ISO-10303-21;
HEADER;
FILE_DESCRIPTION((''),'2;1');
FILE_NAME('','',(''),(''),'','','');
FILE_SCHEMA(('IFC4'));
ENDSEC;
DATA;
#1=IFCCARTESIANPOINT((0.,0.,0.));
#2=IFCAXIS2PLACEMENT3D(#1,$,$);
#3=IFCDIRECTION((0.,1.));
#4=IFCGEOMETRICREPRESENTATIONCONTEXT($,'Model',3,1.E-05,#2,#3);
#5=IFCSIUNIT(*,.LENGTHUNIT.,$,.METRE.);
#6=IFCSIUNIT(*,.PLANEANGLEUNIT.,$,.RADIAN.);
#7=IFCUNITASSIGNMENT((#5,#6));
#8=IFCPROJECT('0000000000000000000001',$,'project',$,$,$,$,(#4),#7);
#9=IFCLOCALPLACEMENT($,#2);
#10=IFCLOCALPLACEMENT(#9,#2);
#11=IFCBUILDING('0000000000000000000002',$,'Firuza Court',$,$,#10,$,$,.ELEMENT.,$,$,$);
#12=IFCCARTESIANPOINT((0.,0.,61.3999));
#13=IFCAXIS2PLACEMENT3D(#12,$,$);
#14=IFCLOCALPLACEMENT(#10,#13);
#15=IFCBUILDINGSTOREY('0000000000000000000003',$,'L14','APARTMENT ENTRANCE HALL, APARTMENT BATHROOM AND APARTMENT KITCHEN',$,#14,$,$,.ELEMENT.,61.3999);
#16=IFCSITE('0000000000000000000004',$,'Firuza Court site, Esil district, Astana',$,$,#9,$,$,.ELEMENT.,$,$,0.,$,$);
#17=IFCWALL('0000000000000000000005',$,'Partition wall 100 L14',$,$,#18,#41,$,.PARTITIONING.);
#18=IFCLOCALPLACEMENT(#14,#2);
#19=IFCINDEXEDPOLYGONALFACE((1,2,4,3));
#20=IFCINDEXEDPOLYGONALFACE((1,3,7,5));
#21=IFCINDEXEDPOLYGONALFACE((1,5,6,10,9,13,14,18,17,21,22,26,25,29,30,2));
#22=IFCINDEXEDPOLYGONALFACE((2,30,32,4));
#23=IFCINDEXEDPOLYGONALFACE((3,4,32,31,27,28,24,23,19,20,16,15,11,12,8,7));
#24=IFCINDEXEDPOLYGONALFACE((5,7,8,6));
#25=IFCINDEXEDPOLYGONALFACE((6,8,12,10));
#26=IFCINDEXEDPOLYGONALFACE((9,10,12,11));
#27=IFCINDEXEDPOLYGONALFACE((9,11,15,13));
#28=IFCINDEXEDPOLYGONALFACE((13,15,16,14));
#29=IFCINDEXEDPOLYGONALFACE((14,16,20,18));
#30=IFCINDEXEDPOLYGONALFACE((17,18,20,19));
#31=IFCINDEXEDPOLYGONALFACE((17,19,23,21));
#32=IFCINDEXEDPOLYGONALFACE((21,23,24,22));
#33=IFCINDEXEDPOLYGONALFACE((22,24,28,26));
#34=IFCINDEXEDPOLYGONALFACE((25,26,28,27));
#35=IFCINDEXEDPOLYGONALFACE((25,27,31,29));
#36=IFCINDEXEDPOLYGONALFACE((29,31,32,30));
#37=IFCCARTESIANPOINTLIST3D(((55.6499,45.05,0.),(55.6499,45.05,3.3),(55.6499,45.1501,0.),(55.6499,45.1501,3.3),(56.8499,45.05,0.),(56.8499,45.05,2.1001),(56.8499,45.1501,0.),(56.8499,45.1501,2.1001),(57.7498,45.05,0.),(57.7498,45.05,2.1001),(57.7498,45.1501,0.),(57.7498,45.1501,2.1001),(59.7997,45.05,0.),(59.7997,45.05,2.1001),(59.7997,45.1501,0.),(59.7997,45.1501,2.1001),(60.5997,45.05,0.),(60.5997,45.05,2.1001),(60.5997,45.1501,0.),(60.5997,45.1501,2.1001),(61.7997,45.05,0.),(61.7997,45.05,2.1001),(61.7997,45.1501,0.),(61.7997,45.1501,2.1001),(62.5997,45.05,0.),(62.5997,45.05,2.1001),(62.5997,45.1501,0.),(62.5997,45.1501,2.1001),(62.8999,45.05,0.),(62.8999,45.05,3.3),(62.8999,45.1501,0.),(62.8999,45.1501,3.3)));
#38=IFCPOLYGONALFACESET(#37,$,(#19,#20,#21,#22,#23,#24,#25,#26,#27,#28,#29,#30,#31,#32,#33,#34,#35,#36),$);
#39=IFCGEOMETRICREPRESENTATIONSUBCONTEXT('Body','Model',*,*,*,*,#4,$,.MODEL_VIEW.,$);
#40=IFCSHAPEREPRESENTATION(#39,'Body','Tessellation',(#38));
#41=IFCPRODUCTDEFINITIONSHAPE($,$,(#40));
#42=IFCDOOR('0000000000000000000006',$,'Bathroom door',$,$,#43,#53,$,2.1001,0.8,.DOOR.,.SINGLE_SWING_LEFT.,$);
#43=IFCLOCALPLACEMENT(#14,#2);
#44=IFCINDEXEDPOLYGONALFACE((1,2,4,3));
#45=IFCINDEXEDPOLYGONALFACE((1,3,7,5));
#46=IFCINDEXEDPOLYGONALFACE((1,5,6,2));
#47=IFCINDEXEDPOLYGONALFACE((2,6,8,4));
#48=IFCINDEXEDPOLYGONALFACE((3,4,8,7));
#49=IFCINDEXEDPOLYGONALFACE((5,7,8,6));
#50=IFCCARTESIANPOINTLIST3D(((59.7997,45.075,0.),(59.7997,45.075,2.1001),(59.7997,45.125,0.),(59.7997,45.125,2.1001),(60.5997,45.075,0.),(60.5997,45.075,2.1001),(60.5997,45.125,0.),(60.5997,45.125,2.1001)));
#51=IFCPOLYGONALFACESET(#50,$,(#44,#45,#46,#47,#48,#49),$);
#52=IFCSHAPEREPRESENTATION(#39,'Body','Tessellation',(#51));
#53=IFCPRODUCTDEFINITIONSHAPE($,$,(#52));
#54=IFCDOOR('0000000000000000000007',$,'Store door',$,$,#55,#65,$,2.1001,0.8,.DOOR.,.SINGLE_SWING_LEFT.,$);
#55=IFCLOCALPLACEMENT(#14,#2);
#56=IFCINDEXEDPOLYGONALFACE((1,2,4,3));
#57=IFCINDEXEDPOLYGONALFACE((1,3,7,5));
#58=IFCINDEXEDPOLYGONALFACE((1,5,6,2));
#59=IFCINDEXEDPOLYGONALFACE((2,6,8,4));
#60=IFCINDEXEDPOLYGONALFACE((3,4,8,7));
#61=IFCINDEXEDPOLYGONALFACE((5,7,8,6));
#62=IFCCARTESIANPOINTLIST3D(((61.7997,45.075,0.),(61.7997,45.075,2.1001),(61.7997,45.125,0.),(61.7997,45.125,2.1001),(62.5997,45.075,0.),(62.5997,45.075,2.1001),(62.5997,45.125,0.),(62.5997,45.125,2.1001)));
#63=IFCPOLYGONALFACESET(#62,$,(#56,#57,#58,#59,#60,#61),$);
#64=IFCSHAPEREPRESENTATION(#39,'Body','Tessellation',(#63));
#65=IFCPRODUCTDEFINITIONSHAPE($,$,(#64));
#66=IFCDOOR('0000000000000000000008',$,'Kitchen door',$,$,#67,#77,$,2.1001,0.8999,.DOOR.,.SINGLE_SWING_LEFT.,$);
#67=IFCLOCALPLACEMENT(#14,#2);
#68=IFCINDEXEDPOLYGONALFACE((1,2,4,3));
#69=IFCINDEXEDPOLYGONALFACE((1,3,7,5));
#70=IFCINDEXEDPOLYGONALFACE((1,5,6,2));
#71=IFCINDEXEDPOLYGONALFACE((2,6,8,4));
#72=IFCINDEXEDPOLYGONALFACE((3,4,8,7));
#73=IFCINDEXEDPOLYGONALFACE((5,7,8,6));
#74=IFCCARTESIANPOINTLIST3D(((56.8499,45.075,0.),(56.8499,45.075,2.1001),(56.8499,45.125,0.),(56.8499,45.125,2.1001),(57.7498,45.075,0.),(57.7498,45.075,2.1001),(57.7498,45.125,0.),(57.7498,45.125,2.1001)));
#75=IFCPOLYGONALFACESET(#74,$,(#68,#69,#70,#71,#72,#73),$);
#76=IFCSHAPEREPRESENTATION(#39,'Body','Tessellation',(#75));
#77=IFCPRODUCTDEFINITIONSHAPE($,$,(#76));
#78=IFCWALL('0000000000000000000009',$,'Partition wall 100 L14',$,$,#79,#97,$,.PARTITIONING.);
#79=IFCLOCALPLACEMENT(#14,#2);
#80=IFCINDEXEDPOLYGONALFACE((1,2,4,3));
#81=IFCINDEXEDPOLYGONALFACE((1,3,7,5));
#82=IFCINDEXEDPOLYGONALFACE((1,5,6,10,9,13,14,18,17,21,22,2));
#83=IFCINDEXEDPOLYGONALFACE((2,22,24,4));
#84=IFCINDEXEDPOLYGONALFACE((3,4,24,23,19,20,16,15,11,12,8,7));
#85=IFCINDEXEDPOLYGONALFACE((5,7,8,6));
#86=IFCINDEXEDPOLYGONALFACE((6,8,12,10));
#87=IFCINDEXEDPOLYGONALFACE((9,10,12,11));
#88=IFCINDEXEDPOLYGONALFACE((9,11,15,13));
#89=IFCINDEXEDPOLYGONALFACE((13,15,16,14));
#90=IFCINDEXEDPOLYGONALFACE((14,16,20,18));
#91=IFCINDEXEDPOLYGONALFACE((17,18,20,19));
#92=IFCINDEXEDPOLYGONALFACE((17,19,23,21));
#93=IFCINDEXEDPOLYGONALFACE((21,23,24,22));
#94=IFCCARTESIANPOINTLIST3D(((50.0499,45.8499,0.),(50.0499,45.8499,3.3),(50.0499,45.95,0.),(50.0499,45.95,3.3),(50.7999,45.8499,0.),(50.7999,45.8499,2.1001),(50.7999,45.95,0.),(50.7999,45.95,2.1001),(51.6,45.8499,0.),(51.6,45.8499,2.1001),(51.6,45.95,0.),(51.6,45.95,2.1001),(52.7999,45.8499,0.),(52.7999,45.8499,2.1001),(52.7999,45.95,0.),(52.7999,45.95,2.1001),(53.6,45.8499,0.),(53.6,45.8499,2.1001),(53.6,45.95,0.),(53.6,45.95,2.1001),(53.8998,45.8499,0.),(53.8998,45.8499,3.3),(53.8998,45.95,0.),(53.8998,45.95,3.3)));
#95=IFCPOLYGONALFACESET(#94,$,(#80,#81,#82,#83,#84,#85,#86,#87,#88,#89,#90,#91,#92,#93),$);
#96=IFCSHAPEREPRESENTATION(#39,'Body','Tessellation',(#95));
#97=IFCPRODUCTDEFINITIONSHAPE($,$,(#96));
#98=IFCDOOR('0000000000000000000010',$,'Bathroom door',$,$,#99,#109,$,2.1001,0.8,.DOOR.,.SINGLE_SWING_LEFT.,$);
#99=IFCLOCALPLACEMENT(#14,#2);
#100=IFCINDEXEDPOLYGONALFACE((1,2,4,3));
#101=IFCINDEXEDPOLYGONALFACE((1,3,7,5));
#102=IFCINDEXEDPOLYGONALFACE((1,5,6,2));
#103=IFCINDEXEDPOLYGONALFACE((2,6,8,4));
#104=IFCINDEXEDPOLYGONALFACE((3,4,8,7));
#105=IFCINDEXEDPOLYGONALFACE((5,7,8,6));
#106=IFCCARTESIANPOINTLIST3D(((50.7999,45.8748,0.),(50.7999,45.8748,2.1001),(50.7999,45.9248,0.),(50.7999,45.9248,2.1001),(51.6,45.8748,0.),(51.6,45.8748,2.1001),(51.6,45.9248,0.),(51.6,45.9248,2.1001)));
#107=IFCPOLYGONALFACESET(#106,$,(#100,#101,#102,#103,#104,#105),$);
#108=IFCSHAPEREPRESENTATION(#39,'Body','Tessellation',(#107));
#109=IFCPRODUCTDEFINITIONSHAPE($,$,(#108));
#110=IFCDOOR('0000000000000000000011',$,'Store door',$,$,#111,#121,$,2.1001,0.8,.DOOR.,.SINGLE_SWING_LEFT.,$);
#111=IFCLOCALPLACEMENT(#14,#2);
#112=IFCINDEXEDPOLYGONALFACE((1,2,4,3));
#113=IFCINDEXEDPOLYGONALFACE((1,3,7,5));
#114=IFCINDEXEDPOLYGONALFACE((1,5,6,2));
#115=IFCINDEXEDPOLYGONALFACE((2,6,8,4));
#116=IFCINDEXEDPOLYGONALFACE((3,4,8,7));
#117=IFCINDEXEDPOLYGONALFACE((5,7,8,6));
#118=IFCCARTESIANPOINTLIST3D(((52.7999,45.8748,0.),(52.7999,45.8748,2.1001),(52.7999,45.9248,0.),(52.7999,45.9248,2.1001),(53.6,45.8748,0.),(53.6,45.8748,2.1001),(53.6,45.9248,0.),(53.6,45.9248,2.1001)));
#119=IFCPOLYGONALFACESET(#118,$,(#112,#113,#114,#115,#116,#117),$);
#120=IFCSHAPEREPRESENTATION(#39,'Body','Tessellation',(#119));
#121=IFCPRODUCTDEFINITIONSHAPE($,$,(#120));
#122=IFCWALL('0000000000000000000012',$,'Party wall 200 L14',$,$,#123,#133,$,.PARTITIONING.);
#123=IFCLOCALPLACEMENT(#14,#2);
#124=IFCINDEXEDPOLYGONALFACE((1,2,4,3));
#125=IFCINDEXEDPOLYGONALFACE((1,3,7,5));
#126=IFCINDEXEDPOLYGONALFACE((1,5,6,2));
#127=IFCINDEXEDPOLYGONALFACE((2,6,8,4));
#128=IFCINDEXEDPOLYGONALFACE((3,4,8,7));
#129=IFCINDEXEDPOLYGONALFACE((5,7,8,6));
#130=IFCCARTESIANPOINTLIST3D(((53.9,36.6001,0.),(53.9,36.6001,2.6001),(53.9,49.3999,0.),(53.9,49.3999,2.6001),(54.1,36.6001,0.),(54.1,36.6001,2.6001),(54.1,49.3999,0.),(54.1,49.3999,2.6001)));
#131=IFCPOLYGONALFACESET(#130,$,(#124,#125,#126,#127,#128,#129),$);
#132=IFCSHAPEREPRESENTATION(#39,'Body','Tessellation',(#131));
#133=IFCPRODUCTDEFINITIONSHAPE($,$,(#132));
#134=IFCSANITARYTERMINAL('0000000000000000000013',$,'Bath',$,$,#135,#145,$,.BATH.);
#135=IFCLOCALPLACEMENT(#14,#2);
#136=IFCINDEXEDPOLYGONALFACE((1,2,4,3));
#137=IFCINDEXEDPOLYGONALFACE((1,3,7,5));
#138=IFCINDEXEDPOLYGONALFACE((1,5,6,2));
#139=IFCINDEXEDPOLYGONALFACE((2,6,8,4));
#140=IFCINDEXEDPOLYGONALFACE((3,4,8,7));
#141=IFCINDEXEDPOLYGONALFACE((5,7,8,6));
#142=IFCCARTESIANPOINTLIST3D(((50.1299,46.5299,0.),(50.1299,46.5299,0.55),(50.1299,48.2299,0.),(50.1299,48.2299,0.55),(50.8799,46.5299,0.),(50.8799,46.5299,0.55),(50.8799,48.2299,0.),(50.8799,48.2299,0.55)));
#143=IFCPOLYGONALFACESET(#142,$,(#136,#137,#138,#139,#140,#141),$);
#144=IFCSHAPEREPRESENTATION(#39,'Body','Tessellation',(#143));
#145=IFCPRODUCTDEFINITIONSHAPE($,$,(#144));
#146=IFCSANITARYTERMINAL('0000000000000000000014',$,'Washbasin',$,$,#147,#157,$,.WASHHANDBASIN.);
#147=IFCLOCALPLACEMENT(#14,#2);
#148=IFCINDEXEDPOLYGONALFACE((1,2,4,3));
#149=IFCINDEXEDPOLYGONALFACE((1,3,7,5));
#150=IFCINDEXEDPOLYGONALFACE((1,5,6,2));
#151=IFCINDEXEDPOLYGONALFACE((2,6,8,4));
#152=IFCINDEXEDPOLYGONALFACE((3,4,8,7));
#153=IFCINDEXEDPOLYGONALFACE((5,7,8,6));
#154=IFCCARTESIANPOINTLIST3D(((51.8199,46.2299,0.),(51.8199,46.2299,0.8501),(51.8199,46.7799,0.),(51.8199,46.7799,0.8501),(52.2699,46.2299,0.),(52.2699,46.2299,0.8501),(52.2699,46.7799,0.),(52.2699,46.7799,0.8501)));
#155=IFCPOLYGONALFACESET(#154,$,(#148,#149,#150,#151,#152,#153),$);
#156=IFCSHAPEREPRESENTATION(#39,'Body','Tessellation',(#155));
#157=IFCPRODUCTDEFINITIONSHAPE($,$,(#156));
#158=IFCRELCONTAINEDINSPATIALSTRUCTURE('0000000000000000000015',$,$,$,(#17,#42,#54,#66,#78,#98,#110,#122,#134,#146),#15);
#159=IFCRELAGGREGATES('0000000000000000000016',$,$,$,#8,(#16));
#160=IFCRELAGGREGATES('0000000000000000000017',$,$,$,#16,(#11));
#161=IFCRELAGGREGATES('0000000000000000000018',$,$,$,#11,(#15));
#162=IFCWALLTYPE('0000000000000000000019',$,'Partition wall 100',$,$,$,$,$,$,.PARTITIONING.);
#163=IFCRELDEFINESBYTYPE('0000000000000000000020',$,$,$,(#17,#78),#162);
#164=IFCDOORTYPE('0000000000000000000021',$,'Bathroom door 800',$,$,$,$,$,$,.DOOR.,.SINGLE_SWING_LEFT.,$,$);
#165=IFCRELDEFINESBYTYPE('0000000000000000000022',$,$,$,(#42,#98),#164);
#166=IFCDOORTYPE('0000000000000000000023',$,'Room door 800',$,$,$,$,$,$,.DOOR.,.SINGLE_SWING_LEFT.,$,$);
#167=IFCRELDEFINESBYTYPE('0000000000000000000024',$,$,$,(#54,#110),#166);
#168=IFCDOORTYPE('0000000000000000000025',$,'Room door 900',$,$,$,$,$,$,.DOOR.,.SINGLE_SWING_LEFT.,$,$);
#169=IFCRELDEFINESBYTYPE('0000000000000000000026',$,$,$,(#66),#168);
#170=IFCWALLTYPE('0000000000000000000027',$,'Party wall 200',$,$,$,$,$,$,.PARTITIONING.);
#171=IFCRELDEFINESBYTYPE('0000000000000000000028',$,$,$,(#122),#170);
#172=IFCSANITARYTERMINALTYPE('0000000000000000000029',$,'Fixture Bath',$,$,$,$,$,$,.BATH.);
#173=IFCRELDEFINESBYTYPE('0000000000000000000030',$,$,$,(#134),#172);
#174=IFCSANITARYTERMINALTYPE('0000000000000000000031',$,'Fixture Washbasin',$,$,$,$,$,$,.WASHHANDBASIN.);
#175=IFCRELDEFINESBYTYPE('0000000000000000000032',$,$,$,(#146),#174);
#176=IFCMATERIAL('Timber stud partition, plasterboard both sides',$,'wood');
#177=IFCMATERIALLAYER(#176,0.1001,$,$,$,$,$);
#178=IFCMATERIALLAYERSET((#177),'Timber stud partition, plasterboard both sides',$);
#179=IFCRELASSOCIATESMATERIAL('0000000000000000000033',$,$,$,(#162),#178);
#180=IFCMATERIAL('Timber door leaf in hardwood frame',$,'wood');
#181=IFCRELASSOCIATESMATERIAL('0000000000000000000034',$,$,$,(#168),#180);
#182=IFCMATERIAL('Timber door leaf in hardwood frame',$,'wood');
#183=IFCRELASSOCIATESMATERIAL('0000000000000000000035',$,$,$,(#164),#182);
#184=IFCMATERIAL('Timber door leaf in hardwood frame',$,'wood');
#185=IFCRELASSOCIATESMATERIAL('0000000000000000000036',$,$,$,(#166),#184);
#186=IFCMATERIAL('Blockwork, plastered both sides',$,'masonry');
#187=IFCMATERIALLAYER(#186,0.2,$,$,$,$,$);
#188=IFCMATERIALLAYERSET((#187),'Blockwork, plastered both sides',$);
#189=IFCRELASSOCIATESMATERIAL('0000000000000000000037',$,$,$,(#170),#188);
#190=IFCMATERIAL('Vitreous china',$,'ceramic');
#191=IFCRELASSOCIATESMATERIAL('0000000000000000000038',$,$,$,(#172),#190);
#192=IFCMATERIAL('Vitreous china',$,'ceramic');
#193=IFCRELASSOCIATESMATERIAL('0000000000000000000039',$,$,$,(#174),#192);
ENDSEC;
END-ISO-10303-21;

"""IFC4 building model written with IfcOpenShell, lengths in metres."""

from ifc_helpers import new_model, si_unit, direction, frame, frame_2d, origin, origin_2d, place, context, subcontext, project, spatial, rectangle, extrude, material, layer, layer_set, type_object, element, fill, save


model = new_model("IFC4")

# Units and contexts
model_context = context("Model", 3, precision=1e-05, world=origin(), true_north=direction((0.0, 1.0)))
body_context = subcontext(model_context, "Body", "Model", "MODEL_VIEW")
ifc_project = project(units=[si_unit("LENGTHUNIT", "METRE"), si_unit("PLANEANGLEUNIT", "RADIAN")], contexts=[model_context])

# Site, building, storey
site_placement = place(None, origin())
site = spatial("IfcSite", under=ifc_project, at=site_placement, Name="Firuza Court site, Esil district, Astana", CompositionType="ELEMENT", RefElevation=0.0)
building_placement = place(site_placement, origin())
building = spatial("IfcBuilding", under=site, at=building_placement, Name="Firuza Court", CompositionType="ELEMENT")
storey_placement = place(building_placement, frame((0.0, 0.0, 61.3999)))
storey = spatial("IfcBuildingStorey", under=building, at=storey_placement, Name="L14", Description="APARTMENT ENTRANCE HALL, APARTMENT BATHROOM AND APARTMENT KITCHEN", CompositionType="ELEMENT", Elevation=61.3999)

# Shared definitions
ifc_material_1 = material(Name="Timber stud partition, plasterboard both sides", Category="wood")
ifc_layer_1 = layer(ifc_material_1, 0.1001)
ifc_layer_set_1 = layer_set([ifc_layer_1], Name="Timber stud partition, plasterboard both sides")
wall_type_1 = type_object("IfcWallType", Name="Partition wall 100", PredefinedType="PARTITIONING", material=ifc_layer_set_1)
ifc_material_2 = material(Name="Timber door leaf in hardwood frame", Category="wood")
door_type_1 = type_object("IfcDoorType", Name="Room door 900", OperationType="SINGLE_SWING_LEFT", PredefinedType="DOOR", material=ifc_material_2)

# Walls, openings, doors
wall_1_placement = place(storey_placement, frame((55.6499, 45.1001, 0.0), z_axis=(0.0, 0.0, 1.0), x_axis=(1.0, 0.0, 0.0)))
wall_1 = element("IfcWall", 1, at=wall_1_placement, inside=storey, type_object=wall_type_1, Name="Partition wall 100 L14", PredefinedType="PARTITIONING", context=body_context, shape_type="SweptSolid", body=[
    extrude(rectangle(XDim=7.25, YDim=0.1001, at=frame_2d((3.625, 0.0))), origin(), (0.0, 0.0, 1.0), 3.3),
])
opening_1_placement = place(wall_1_placement, frame((4.1499, 0.0, 0.0)))
opening_1 = element("IfcOpeningElement", 2, at=opening_1_placement, cuts=wall_1, PredefinedType="OPENING", context=body_context, shape_type="SweptSolid", body=[
    extrude(rectangle(XDim=0.8, YDim=2.1001, at=frame_2d((0.3999, 1.05))), frame((0.0, 0.062, 0.0), z_axis=(0.0, -1.0, 0.0), x_axis=(1.0, 0.0, 0.0)), (0.0, 0.0, 1.0), 0.124),
])
opening_2_placement = place(wall_1_placement, frame((1.2, 0.0, 0.0)))
opening_2 = element("IfcOpeningElement", 3, at=opening_2_placement, cuts=wall_1, PredefinedType="OPENING", context=body_context, shape_type="SweptSolid", body=[
    extrude(rectangle(XDim=0.8999, YDim=2.1001, at=frame_2d((0.45, 1.05))), frame((0.0, 0.062, 0.0), z_axis=(0.0, -1.0, 0.0), x_axis=(1.0, 0.0, 0.0)), (0.0, 0.0, 1.0), 0.124),
])
opening_3_placement = place(wall_1_placement, frame((6.1499, 0.0, 0.0)))
opening_3 = element("IfcOpeningElement", 4, at=opening_3_placement, cuts=wall_1, PredefinedType="OPENING", context=body_context, shape_type="SweptSolid", body=[
    extrude(rectangle(XDim=0.8, YDim=2.1001, at=frame_2d((0.3999, 1.05))), frame((0.0, 0.062, 0.0), z_axis=(0.0, -1.0, 0.0), x_axis=(1.0, 0.0, 0.0)), (0.0, 0.0, 1.0), 0.124),
])
ifc_material_3 = material(Name="Timber door leaf in hardwood frame", Category="wood")
door_type_2 = type_object("IfcDoorType", Name="Bathroom door 800", OperationType="SINGLE_SWING_LEFT", PredefinedType="DOOR", material=ifc_material_3)
door_1_placement = place(opening_1_placement, origin())
door_1 = element("IfcDoor", 5, at=door_1_placement, inside=storey, type_object=door_type_2, Name="Bathroom door", OperationType="SINGLE_SWING_LEFT", OverallHeight=2.1001, OverallWidth=0.8, PredefinedType="DOOR", context=body_context, shape_type="SweptSolid", body=[
    extrude(rectangle(XDim=0.8, YDim=2.1001, at=frame_2d((0.3999, 1.05))), frame((0.0, 0.0249, 0.0), z_axis=(0.0, -1.0, 0.0), x_axis=(1.0, 0.0, 0.0)), (0.0, 0.0, 1.0), 0.05),
])
fill(opening_1, door_1)
ifc_material_4 = material(Name="Timber door leaf in hardwood frame", Category="wood")
door_type_3 = type_object("IfcDoorType", Name="Room door 800", OperationType="SINGLE_SWING_LEFT", PredefinedType="DOOR", material=ifc_material_4)
door_2_placement = place(opening_3_placement, origin())
door_2 = element("IfcDoor", 6, at=door_2_placement, inside=storey, type_object=door_type_3, Name="Store door", OperationType="SINGLE_SWING_LEFT", OverallHeight=2.1001, OverallWidth=0.8, PredefinedType="DOOR", context=body_context, shape_type="SweptSolid", body=[
    extrude(rectangle(XDim=0.8, YDim=2.1001, at=frame_2d((0.3999, 1.05))), frame((0.0, 0.0249, 0.0), z_axis=(0.0, -1.0, 0.0), x_axis=(1.0, 0.0, 0.0)), (0.0, 0.0, 1.0), 0.05),
])
fill(opening_3, door_2)
door_3_placement = place(opening_2_placement, origin())
door_3 = element("IfcDoor", 7, at=door_3_placement, inside=storey, type_object=door_type_1, Name="Kitchen door", OperationType="SINGLE_SWING_LEFT", OverallHeight=2.1001, OverallWidth=0.8999, PredefinedType="DOOR", context=body_context, shape_type="SweptSolid", body=[
    extrude(rectangle(XDim=0.8999, YDim=2.1001, at=frame_2d((0.45, 1.05))), frame((0.0, 0.0249, 0.0), z_axis=(0.0, -1.0, 0.0), x_axis=(1.0, 0.0, 0.0)), (0.0, 0.0, 1.0), 0.05),
])
fill(opening_2, door_3)
wall_2_placement = place(storey_placement, frame((50.05, 45.8999, 0.0), z_axis=(0.0, 0.0, 1.0), x_axis=(1.0, 0.0, 0.0)))
wall_2 = element("IfcWall", 8, at=wall_2_placement, inside=storey, type_object=wall_type_1, Name="Partition wall 100 L14", PredefinedType="PARTITIONING", context=body_context, shape_type="SweptSolid", body=[
    extrude(rectangle(XDim=3.8499, YDim=0.1001, at=frame_2d((1.9248, 0.0))), origin(), (0.0, 0.0, 1.0), 3.3),
])
opening_4_placement = place(wall_2_placement, frame((0.75, 0.0, 0.0)))
opening_4 = element("IfcOpeningElement", 9, at=opening_4_placement, cuts=wall_2, PredefinedType="OPENING", context=body_context, shape_type="SweptSolid", body=[
    extrude(rectangle(XDim=0.8, YDim=2.1001, at=frame_2d((0.3999, 1.05))), frame((0.0, 0.062, 0.0), z_axis=(0.0, -1.0, 0.0), x_axis=(1.0, 0.0, 0.0)), (0.0, 0.0, 1.0), 0.124),
])
opening_5_placement = place(wall_2_placement, frame((2.75, 0.0, 0.0)))
opening_5 = element("IfcOpeningElement", 10, at=opening_5_placement, cuts=wall_2, PredefinedType="OPENING", context=body_context, shape_type="SweptSolid", body=[
    extrude(rectangle(XDim=0.8, YDim=2.1001, at=frame_2d((0.3999, 1.05))), frame((0.0, 0.062, 0.0), z_axis=(0.0, -1.0, 0.0), x_axis=(1.0, 0.0, 0.0)), (0.0, 0.0, 1.0), 0.124),
])
door_4_placement = place(opening_4_placement, origin())
door_4 = element("IfcDoor", 11, at=door_4_placement, inside=storey, type_object=door_type_2, Name="Bathroom door", OperationType="SINGLE_SWING_LEFT", OverallHeight=2.1001, OverallWidth=0.8, PredefinedType="DOOR", context=body_context, shape_type="SweptSolid", body=[
    extrude(rectangle(XDim=0.8, YDim=2.1001, at=frame_2d((0.3999, 1.05))), frame((0.0, 0.0249, 0.0), z_axis=(0.0, -1.0, 0.0), x_axis=(1.0, 0.0, 0.0)), (0.0, 0.0, 1.0), 0.05),
])
fill(opening_4, door_4)
door_5_placement = place(opening_5_placement, origin())
door_5 = element("IfcDoor", 12, at=door_5_placement, inside=storey, type_object=door_type_3, Name="Store door", OperationType="SINGLE_SWING_LEFT", OverallHeight=2.1001, OverallWidth=0.8, PredefinedType="DOOR", context=body_context, shape_type="SweptSolid", body=[
    extrude(rectangle(XDim=0.8, YDim=2.1001, at=frame_2d((0.3999, 1.05))), frame((0.0, 0.0249, 0.0), z_axis=(0.0, -1.0, 0.0), x_axis=(1.0, 0.0, 0.0)), (0.0, 0.0, 1.0), 0.05),
])
fill(opening_5, door_5)

# Wall
ifc_material_5 = material(Name="Blockwork, plastered both sides", Category="masonry")
ifc_layer_2 = layer(ifc_material_5, 0.2)
ifc_layer_set_2 = layer_set([ifc_layer_2], Name="Blockwork, plastered both sides")
wall_type_2 = type_object("IfcWallType", Name="Party wall 200", PredefinedType="PARTITIONING", material=ifc_layer_set_2)
wall_3_placement = place(storey_placement, frame((54.0, 36.6001, 0.0), z_axis=(0.0, 0.0, 1.0), x_axis=(0.0, 1.0, 0.0)))
element("IfcWall", 13, at=wall_3_placement, inside=storey, type_object=wall_type_2, Name="Party wall 200 L14", PredefinedType="PARTITIONING", context=body_context, shape_type="SweptSolid", body=[
    extrude(rectangle(XDim=12.7998, YDim=0.2, at=frame_2d((6.3999, 0.0))), origin(), (0.0, 0.0, 1.0), 2.6001),
])

# Sanitary terminals
ifc_material_6 = material(Name="Vitreous china", Category="ceramic")
sanitary_terminal_type_1 = type_object("IfcSanitaryTerminalType", Name="Fixture Bath", PredefinedType="BATH", material=ifc_material_6)
sanitary_terminal_1_placement = place(storey_placement, frame((50.5049, 47.3799, 0.0), z_axis=(0.0, 0.0, 1.0), x_axis=(1.0, 0.0, 0.0)))
element("IfcSanitaryTerminal", 14, at=sanitary_terminal_1_placement, inside=storey, type_object=sanitary_terminal_type_1, Name="Bath", PredefinedType="BATH", context=body_context, shape_type="SweptSolid", body=[
    extrude(rectangle(XDim=0.75, YDim=1.7, at=origin_2d()), origin(), (0.0, 0.0, 1.0), 0.55),
])
ifc_material_7 = material(Name="Vitreous china", Category="ceramic")
sanitary_terminal_type_2 = type_object("IfcSanitaryTerminalType", Name="Fixture Washbasin", PredefinedType="WASHHANDBASIN", material=ifc_material_7)
sanitary_terminal_2_placement = place(storey_placement, frame((52.0449, 46.5049, 0.0), z_axis=(0.0, 0.0, 1.0), x_axis=(1.0, 0.0, 0.0)))
element("IfcSanitaryTerminal", 15, at=sanitary_terminal_2_placement, inside=storey, type_object=sanitary_terminal_type_2, Name="Washbasin", PredefinedType="WASHHANDBASIN", context=body_context, shape_type="SweptSolid", body=[
    extrude(rectangle(XDim=0.45, YDim=0.55, at=origin_2d()), origin(), (0.0, 0.0, 1.0), 0.8501),
])

save(model, "model.ifc")
